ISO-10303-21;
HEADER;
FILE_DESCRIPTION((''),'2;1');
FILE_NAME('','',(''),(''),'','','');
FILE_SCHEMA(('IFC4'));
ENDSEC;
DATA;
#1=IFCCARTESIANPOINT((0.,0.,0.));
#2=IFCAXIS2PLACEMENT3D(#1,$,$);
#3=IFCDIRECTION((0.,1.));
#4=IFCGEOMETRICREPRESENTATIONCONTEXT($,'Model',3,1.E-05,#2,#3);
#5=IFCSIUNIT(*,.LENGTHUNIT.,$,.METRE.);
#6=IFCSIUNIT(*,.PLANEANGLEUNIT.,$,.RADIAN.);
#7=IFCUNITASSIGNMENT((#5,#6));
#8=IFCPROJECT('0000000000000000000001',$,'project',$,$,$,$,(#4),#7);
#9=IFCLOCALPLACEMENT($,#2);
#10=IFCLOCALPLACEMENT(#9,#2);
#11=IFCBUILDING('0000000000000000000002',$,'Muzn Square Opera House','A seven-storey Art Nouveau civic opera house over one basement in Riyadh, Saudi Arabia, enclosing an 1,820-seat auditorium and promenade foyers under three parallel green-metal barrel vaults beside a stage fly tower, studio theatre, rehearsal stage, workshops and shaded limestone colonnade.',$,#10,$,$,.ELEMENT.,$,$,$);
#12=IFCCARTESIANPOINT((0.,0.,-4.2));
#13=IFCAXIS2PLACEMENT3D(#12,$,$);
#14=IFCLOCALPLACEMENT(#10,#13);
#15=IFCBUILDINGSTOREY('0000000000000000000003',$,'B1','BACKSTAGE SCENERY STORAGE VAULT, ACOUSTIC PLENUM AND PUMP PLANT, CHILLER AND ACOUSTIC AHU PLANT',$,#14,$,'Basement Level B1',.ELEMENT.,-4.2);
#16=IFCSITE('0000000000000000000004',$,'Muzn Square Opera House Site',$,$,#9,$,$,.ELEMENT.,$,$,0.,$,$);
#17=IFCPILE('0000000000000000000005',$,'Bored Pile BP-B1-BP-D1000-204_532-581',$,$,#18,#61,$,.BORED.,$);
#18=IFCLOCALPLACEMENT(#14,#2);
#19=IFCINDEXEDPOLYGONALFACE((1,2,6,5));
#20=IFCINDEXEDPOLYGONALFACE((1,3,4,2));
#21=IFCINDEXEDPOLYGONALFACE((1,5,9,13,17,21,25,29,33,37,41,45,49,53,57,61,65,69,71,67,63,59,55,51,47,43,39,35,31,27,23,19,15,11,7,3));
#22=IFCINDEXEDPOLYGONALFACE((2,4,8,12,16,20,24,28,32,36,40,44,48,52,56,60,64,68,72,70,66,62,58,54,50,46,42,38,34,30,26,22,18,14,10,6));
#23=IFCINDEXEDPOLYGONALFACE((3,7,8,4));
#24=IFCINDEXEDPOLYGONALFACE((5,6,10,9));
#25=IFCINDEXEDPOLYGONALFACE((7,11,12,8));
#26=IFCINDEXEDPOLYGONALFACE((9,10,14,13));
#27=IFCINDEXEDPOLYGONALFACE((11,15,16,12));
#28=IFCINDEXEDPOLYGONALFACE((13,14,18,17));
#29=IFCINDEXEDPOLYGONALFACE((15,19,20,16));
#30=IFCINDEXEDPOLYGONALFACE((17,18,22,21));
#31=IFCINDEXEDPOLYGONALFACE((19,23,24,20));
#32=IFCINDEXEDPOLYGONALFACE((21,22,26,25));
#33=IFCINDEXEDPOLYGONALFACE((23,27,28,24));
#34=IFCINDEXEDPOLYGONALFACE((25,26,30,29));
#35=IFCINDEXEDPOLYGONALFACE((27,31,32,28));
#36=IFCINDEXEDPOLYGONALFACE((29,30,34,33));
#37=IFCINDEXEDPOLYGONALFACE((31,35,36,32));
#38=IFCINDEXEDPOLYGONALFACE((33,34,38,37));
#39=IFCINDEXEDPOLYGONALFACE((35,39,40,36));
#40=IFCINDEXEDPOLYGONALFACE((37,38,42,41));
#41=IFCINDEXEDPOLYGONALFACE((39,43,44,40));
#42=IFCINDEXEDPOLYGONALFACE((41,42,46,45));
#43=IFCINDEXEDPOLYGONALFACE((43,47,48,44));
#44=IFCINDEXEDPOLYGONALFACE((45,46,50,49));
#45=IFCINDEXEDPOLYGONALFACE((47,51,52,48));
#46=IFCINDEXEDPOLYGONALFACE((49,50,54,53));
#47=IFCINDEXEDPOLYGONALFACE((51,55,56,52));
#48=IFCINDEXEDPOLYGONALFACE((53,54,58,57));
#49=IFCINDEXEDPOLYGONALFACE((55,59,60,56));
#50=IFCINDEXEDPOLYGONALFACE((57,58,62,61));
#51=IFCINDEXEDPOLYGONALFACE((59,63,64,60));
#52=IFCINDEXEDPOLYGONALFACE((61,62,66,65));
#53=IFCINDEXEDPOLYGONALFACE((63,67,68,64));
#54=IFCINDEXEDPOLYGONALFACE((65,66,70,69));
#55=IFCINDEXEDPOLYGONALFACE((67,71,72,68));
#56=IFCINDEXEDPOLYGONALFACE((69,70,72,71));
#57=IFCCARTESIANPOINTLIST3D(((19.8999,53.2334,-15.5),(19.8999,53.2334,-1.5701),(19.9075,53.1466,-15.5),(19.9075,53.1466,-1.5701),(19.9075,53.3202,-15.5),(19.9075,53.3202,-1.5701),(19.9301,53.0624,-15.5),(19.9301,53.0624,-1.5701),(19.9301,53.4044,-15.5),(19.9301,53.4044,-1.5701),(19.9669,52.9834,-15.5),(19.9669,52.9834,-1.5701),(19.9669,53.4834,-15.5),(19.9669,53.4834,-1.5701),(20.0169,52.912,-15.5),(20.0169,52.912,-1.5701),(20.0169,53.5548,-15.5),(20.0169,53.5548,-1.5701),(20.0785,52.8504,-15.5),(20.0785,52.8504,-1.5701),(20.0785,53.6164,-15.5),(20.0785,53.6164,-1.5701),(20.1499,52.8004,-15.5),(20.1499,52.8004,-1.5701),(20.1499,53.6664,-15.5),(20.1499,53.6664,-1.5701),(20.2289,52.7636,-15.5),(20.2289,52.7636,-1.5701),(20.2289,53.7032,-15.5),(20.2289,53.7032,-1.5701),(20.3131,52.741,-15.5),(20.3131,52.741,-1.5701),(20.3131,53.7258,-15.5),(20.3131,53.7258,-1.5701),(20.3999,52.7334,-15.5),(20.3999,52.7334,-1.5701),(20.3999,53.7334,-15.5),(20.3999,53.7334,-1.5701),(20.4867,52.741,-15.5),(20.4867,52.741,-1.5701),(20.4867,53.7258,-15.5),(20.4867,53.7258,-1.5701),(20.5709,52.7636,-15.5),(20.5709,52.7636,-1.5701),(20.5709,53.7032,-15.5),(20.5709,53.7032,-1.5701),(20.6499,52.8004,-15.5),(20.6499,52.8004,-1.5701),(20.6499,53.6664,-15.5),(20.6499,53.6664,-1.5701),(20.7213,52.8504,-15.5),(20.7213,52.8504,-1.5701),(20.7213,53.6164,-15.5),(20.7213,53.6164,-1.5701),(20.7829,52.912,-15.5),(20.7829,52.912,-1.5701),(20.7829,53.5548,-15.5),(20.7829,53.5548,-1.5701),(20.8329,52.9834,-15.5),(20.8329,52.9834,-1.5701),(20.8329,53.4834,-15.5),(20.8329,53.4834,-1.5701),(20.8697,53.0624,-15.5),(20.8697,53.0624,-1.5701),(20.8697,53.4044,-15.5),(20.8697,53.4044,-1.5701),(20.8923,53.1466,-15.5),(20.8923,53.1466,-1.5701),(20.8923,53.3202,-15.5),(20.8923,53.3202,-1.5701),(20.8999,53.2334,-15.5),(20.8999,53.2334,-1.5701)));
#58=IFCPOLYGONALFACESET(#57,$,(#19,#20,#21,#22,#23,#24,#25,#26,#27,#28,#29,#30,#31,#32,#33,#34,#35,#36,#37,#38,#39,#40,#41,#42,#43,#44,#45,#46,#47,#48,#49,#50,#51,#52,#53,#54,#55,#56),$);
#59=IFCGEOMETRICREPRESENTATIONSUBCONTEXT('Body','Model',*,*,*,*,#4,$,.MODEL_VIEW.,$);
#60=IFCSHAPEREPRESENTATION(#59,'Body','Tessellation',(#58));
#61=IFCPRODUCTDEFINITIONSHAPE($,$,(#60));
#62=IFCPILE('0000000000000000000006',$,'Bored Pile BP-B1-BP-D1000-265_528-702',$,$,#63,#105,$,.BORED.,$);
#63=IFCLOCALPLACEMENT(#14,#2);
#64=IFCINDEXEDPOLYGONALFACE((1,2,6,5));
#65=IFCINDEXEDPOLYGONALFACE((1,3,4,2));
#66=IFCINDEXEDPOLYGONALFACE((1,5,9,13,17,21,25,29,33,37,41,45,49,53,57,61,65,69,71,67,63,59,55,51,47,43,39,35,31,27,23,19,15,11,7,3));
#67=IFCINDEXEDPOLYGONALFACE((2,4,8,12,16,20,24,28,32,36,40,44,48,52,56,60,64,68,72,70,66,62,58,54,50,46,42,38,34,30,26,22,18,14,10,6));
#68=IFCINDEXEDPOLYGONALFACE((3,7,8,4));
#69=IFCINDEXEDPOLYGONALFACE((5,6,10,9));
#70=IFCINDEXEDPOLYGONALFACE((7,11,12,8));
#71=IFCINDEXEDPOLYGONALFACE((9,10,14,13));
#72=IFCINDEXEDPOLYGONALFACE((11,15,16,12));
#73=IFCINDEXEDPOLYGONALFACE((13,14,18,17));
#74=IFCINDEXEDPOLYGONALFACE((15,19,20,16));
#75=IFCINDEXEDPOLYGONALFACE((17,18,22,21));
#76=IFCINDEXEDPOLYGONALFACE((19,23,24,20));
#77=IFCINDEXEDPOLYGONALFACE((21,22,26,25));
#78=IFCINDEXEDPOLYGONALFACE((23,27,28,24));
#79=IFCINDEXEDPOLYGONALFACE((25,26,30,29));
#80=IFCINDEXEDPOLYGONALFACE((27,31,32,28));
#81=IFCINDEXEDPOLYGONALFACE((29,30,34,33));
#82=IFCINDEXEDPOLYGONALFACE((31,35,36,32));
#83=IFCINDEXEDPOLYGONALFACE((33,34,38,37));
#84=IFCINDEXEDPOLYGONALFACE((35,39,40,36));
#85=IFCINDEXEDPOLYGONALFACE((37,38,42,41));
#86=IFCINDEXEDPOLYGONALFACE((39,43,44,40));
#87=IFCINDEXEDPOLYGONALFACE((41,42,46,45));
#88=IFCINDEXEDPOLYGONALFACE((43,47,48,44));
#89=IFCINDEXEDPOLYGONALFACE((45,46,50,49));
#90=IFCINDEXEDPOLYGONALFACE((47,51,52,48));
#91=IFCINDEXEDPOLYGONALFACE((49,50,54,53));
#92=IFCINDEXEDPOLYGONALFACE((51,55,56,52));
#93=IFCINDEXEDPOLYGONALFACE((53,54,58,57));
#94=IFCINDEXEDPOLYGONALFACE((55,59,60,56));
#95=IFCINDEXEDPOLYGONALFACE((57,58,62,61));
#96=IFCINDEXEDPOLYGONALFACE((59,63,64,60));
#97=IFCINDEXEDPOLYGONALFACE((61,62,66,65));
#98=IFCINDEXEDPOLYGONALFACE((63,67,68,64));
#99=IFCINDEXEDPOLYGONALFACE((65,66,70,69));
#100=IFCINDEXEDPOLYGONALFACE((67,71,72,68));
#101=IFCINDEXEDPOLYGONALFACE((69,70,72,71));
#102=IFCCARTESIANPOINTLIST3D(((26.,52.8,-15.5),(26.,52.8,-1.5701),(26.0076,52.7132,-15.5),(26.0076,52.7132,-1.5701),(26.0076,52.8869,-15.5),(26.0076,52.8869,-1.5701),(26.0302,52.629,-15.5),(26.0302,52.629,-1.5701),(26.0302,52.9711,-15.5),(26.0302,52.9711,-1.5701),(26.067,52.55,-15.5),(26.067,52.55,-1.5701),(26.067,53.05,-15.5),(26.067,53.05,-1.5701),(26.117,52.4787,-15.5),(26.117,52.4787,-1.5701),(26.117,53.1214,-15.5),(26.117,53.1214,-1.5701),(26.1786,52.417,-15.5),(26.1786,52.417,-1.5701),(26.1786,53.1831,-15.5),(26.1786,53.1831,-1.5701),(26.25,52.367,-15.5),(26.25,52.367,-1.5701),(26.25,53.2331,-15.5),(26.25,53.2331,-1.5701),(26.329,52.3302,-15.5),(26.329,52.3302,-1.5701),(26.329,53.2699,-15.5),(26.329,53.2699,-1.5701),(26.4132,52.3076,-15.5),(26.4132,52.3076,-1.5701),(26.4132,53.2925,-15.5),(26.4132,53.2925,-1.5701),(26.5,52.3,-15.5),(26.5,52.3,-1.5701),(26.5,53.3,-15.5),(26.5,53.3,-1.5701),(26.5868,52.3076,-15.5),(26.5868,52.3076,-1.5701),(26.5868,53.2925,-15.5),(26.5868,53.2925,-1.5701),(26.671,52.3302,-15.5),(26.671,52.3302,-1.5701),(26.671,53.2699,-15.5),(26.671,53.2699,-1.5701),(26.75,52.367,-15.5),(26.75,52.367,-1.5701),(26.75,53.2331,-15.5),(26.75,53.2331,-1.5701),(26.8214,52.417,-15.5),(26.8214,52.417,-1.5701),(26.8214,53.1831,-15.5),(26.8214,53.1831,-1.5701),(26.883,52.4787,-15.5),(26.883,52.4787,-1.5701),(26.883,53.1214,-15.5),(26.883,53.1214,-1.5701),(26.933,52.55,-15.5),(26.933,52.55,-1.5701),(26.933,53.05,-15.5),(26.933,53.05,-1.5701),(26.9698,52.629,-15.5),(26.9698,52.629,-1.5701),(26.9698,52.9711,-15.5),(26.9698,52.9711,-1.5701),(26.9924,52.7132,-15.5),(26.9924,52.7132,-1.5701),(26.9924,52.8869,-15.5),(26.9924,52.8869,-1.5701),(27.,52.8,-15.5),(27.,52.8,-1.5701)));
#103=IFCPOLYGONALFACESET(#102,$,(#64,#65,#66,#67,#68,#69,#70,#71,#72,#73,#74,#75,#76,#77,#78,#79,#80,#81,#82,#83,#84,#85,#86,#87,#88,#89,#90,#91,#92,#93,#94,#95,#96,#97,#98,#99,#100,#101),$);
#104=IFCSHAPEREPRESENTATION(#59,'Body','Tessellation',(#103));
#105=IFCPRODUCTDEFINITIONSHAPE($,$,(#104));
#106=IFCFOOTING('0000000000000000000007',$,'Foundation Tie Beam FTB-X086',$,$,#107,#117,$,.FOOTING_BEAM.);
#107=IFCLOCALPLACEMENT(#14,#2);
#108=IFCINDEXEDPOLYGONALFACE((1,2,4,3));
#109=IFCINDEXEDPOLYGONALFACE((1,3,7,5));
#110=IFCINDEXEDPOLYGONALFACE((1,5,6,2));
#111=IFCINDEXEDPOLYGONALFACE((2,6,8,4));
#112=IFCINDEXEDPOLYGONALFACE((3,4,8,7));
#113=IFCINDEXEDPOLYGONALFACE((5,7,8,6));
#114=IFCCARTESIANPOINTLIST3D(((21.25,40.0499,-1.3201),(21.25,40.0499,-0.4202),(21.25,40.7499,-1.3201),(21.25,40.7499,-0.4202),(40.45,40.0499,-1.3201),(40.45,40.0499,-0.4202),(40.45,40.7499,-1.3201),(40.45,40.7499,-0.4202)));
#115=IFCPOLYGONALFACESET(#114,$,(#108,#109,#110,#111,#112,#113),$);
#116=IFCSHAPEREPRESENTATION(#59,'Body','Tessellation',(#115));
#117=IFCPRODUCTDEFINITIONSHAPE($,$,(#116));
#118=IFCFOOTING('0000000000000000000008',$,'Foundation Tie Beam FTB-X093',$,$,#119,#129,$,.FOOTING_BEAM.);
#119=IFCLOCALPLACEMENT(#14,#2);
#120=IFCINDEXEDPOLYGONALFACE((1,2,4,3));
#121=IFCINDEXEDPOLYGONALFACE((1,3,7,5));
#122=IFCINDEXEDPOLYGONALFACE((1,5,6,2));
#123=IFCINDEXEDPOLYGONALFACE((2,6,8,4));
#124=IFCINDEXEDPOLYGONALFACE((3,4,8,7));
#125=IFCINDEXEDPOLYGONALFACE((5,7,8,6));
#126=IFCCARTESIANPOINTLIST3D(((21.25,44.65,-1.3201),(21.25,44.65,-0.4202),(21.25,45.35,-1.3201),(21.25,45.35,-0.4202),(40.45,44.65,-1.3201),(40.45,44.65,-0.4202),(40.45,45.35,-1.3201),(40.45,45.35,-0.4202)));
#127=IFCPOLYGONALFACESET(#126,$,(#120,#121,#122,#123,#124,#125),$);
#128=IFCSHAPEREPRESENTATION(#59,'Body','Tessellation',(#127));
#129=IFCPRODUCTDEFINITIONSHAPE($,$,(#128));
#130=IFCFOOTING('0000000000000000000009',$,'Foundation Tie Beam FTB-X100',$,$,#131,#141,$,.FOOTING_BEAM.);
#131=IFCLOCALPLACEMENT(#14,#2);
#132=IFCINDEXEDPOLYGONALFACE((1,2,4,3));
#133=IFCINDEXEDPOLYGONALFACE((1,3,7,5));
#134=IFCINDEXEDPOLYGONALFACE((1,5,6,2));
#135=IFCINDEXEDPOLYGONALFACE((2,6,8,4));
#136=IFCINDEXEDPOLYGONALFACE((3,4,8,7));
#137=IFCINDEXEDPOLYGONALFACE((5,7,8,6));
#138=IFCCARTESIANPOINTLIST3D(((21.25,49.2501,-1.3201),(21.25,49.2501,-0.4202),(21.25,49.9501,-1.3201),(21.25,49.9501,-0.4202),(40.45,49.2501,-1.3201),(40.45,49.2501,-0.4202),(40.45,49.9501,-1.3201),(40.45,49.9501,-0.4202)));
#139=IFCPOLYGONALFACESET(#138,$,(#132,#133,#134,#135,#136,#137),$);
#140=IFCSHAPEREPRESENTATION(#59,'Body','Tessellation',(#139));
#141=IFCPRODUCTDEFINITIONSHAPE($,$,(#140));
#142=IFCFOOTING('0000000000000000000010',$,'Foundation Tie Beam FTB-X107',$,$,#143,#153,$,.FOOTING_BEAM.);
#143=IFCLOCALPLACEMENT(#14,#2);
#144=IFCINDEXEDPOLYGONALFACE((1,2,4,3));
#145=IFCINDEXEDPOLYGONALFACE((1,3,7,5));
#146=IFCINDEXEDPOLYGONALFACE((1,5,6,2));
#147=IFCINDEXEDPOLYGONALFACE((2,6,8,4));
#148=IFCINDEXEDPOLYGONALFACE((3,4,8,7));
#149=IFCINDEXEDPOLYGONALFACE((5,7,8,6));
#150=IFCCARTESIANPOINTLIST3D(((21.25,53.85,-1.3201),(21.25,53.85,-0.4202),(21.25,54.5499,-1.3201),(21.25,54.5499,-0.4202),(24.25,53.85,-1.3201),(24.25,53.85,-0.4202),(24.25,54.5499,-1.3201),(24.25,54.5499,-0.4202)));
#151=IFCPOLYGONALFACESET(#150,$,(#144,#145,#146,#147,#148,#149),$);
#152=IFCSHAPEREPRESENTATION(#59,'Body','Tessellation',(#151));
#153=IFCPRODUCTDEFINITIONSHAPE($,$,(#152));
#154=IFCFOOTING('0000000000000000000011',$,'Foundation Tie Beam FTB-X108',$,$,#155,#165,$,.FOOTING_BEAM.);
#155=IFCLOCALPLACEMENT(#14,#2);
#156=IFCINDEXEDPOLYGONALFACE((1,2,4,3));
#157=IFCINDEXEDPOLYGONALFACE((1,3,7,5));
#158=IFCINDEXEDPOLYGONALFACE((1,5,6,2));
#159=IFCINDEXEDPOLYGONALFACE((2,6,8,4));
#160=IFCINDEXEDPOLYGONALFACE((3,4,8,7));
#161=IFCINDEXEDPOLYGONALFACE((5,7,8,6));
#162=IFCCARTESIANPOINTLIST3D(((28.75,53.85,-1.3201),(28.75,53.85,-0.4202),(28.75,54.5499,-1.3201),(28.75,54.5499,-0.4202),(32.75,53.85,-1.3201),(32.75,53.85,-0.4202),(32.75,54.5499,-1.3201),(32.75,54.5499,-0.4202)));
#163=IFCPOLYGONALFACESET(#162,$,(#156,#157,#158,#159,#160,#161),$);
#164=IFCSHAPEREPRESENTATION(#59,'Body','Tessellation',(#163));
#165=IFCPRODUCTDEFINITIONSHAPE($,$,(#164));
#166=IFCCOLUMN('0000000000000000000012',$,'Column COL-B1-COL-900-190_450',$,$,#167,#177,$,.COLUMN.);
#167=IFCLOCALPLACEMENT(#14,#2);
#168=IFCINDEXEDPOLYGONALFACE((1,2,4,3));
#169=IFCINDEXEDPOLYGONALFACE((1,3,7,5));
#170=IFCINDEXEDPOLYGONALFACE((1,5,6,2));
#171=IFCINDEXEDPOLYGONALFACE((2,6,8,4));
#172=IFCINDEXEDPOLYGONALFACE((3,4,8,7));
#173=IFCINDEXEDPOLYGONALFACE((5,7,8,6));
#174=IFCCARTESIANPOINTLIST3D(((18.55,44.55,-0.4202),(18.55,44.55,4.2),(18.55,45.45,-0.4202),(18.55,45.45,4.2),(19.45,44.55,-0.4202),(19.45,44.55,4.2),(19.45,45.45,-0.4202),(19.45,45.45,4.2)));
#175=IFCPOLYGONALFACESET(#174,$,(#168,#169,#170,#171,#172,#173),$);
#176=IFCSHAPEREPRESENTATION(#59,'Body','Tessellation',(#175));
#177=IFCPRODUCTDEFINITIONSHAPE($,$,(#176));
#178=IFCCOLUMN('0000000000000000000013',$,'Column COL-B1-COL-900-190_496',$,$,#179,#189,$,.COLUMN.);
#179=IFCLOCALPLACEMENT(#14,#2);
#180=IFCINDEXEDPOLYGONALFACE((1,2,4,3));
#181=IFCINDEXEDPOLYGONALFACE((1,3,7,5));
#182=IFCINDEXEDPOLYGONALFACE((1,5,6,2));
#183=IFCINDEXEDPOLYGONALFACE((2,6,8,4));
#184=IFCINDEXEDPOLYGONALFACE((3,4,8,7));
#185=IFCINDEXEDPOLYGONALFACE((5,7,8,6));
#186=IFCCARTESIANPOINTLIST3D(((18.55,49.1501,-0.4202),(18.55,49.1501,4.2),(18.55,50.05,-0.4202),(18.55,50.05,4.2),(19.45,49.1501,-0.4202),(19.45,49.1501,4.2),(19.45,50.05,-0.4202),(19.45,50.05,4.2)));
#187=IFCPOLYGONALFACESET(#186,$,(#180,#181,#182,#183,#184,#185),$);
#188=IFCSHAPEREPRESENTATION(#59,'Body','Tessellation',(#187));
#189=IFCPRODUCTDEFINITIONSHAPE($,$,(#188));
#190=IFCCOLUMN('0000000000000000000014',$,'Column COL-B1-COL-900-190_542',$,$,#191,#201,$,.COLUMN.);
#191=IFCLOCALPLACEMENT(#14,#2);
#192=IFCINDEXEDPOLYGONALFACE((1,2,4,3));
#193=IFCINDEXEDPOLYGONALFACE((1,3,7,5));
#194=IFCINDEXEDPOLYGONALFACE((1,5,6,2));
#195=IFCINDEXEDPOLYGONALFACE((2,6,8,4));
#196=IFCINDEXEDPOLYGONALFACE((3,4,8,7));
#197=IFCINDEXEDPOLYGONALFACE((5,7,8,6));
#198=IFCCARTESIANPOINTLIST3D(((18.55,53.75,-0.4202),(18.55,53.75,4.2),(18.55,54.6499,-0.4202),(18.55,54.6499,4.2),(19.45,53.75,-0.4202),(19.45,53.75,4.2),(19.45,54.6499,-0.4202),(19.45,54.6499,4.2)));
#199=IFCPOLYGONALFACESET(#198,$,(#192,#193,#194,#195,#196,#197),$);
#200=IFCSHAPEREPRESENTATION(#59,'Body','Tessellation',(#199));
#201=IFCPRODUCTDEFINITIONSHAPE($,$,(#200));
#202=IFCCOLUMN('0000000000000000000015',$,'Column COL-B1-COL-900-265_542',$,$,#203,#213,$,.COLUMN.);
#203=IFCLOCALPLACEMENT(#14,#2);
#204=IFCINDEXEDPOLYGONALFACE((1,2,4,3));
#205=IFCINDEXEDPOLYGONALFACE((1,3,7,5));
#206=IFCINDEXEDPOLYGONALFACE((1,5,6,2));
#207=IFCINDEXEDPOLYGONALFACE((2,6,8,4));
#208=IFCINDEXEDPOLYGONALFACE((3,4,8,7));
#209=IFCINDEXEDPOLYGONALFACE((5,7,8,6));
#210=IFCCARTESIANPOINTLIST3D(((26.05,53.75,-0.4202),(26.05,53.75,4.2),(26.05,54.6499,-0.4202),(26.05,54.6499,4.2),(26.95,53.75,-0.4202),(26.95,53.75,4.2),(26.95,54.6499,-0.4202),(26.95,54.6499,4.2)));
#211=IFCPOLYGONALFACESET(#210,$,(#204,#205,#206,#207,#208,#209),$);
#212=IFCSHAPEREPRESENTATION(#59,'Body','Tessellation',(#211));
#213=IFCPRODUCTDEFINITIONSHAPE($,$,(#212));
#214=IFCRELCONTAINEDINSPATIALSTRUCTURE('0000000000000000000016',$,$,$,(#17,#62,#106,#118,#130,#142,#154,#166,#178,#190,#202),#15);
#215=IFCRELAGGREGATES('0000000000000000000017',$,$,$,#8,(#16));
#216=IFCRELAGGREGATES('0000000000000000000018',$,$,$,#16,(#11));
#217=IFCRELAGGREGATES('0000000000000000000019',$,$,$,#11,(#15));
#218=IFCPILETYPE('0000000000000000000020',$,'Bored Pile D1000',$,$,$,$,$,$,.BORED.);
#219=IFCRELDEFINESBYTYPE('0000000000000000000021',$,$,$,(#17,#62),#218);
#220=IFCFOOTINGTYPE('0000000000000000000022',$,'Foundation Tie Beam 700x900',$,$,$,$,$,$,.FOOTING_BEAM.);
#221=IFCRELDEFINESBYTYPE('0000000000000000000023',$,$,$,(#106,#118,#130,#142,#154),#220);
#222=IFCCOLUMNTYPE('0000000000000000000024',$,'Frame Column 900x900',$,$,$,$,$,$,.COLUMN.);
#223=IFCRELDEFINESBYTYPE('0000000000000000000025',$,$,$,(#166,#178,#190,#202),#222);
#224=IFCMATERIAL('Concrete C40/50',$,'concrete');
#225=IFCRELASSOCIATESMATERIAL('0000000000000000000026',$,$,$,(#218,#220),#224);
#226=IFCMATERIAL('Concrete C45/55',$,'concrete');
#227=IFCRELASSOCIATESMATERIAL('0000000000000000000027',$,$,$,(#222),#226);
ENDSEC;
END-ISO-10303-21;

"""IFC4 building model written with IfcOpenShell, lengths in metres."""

from ifc_helpers import new_model, si_unit, direction, frame, origin, origin_2d, place, context, subcontext, project, spatial, rectangle, circle, extrude, material, material_profile, profile_set, type_object, element, save


model = new_model("IFC4")

# Units and contexts
model_context = context("Model", 3, precision=1e-05, world=origin(), true_north=direction((0.0, 1.0)))
body_context = subcontext(model_context, "Body", "Model", "MODEL_VIEW")
ifc_project = project(units=[si_unit("LENGTHUNIT", "METRE"), si_unit("PLANEANGLEUNIT", "RADIAN")], contexts=[model_context])

# Site, building, storey
site_placement = place(None, origin())
site = spatial("IfcSite", under=ifc_project, at=site_placement, Name="Muzn Square Opera House Site", CompositionType="ELEMENT", RefElevation=0.0)
building_placement = place(site_placement, origin())
building = spatial("IfcBuilding", under=site, at=building_placement, Name="Muzn Square Opera House", Description="A seven-storey Art Nouveau civic opera house over one basement in Riyadh, Saudi Arabia, enclosing an 1,820-seat auditorium and promenade foyers under three parallel green-metal barrel vaults beside a stage fly tower, studio theatre, rehearsal stage, workshops and shaded limestone colonnade.", CompositionType="ELEMENT")
storey_placement = place(building_placement, frame((0.0, 0.0, -4.2)))
storey = spatial("IfcBuildingStorey", under=building, at=storey_placement, Name="B1", Description="BACKSTAGE SCENERY STORAGE VAULT, ACOUSTIC PLENUM AND PUMP PLANT, CHILLER AND ACOUSTIC AHU PLANT", LongName="Basement Level B1", CompositionType="ELEMENT", Elevation=-4.2)

# Piles
ifc_material_1 = material(Name="Concrete C40/50", Category="concrete")
ifc_material_profile_1 = material_profile(ifc_material_1, circle(Radius=0.5, at=origin_2d()), Name="BORED PILE D1000", Category="concrete")
ifc_profile_set_1 = profile_set([ifc_material_profile_1], Name="Concrete C40/50")
pile_type = type_object("IfcPileType", Name="Bored Pile D1000", PredefinedType="BORED", material=ifc_profile_set_1)
for number, where, z_axis, x_axis, name in (
    (1, (20.3999, 53.2334, -1.5701), (0.0, 0.0, -1.0), (1.0, 0.0, 0.0), "Bored Pile BP-B1-BP-D1000-204_532-581"),
    (2, (26.5, 52.8, -1.5701), (0.0, 0.0, -1.0), (1.0, 0.0, 0.0), "Bored Pile BP-B1-BP-D1000-265_528-702"),
):
    element("IfcPile", number, at=place(storey_placement, frame(where, z_axis=z_axis, x_axis=x_axis)), inside=storey, type_object=pile_type, Name=name, PredefinedType="BORED", context=body_context, shape_type="SweptSolid", body=[
        extrude(circle(Radius=0.5, at=origin_2d()), origin(), (0.0, 0.0, 1.0), 13.9299),
    ])

# Footings
ifc_material_profile_2 = material_profile(ifc_material_1, rectangle(XDim=0.7, YDim=0.8999, at=origin_2d()), Name="RCTB 700x900", Category="concrete")
ifc_profile_set_2 = profile_set([ifc_material_profile_2], Name="Concrete C40/50")
footing_type = type_object("IfcFootingType", Name="Foundation Tie Beam 700x900", PredefinedType="FOOTING_BEAM", material=ifc_profile_set_2)
for number, where, z_axis, x_axis, name in (
    (3, (21.25, 40.3999, -0.8701), (1.0, 0.0, 0.0), (0.0, 1.0, 0.0), "Foundation Tie Beam FTB-X086"),
    (4, (21.25, 45.0, -0.8701), (1.0, 0.0, 0.0), (0.0, 1.0, 0.0), "Foundation Tie Beam FTB-X093"),
    (5, (21.25, 49.6001, -0.8701), (1.0, 0.0, 0.0), (0.0, 1.0, 0.0), "Foundation Tie Beam FTB-X100"),
):
    element("IfcFooting", number, at=place(storey_placement, frame(where, z_axis=z_axis, x_axis=x_axis)), inside=storey, type_object=footing_type, Name=name, PredefinedType="FOOTING_BEAM", context=body_context, shape_type="SweptSolid", body=[
        extrude(rectangle(XDim=0.7, YDim=0.8999, at=origin_2d()), origin(), (0.0, 0.0, 1.0), 19.2),
    ])
footing_1_placement = place(storey_placement, frame((21.25, 54.2, -0.8701), z_axis=(1.0, 0.0, 0.0), x_axis=(0.0, 1.0, 0.0)))
element("IfcFooting", 6, at=footing_1_placement, inside=storey, type_object=footing_type, Name="Foundation Tie Beam FTB-X107", PredefinedType="FOOTING_BEAM", context=body_context, shape_type="SweptSolid", body=[
    extrude(rectangle(XDim=0.7, YDim=0.8999, at=origin_2d()), origin(), (0.0, 0.0, 1.0), 3.0),
])
footing_2_placement = place(storey_placement, frame((28.75, 54.2, -0.8701), z_axis=(1.0, 0.0, 0.0), x_axis=(0.0, 1.0, 0.0)))
element("IfcFooting", 7, at=footing_2_placement, inside=storey, type_object=footing_type, Name="Foundation Tie Beam FTB-X108", PredefinedType="FOOTING_BEAM", context=body_context, shape_type="SweptSolid", body=[
    extrude(rectangle(XDim=0.7, YDim=0.8999, at=origin_2d()), origin(), (0.0, 0.0, 1.0), 4.0),
])

# Columns
ifc_material_2 = material(Name="Concrete C45/55", Category="concrete")
ifc_material_profile_3 = material_profile(ifc_material_2, rectangle(XDim=0.8999, YDim=0.8999, at=origin_2d()), Name="RC 900x900", Category="concrete")
ifc_profile_set_3 = profile_set([ifc_material_profile_3], Name="Concrete C45/55")
column_type = type_object("IfcColumnType", Name="Frame Column 900x900", PredefinedType="COLUMN", material=ifc_profile_set_3)
for number, where, z_axis, x_axis, name in (
    (8, (19.0, 45.0, -0.4202), (0.0, 0.0, 1.0), (1.0, 0.0, 0.0), "Column COL-B1-COL-900-190_450"),
    (9, (19.0, 49.6001, -0.4202), (0.0, 0.0, 1.0), (1.0, 0.0, 0.0), "Column COL-B1-COL-900-190_496"),
    (10, (19.0, 54.2, -0.4202), (0.0, 0.0, 1.0), (1.0, 0.0, 0.0), "Column COL-B1-COL-900-190_542"),
    (11, (26.5, 54.2, -0.4202), (0.0, 0.0, 1.0), (1.0, 0.0, 0.0), "Column COL-B1-COL-900-265_542"),
):
    element("IfcColumn", number, at=place(storey_placement, frame(where, z_axis=z_axis, x_axis=x_axis)), inside=storey, type_object=column_type, Name=name, PredefinedType="COLUMN", context=body_context, shape_type="SweptSolid", body=[
        extrude(rectangle(XDim=0.8999, YDim=0.8999, at=origin_2d()), origin(), (0.0, 0.0, 1.0), 4.6201),
    ])

save(model, "model.ifc")
